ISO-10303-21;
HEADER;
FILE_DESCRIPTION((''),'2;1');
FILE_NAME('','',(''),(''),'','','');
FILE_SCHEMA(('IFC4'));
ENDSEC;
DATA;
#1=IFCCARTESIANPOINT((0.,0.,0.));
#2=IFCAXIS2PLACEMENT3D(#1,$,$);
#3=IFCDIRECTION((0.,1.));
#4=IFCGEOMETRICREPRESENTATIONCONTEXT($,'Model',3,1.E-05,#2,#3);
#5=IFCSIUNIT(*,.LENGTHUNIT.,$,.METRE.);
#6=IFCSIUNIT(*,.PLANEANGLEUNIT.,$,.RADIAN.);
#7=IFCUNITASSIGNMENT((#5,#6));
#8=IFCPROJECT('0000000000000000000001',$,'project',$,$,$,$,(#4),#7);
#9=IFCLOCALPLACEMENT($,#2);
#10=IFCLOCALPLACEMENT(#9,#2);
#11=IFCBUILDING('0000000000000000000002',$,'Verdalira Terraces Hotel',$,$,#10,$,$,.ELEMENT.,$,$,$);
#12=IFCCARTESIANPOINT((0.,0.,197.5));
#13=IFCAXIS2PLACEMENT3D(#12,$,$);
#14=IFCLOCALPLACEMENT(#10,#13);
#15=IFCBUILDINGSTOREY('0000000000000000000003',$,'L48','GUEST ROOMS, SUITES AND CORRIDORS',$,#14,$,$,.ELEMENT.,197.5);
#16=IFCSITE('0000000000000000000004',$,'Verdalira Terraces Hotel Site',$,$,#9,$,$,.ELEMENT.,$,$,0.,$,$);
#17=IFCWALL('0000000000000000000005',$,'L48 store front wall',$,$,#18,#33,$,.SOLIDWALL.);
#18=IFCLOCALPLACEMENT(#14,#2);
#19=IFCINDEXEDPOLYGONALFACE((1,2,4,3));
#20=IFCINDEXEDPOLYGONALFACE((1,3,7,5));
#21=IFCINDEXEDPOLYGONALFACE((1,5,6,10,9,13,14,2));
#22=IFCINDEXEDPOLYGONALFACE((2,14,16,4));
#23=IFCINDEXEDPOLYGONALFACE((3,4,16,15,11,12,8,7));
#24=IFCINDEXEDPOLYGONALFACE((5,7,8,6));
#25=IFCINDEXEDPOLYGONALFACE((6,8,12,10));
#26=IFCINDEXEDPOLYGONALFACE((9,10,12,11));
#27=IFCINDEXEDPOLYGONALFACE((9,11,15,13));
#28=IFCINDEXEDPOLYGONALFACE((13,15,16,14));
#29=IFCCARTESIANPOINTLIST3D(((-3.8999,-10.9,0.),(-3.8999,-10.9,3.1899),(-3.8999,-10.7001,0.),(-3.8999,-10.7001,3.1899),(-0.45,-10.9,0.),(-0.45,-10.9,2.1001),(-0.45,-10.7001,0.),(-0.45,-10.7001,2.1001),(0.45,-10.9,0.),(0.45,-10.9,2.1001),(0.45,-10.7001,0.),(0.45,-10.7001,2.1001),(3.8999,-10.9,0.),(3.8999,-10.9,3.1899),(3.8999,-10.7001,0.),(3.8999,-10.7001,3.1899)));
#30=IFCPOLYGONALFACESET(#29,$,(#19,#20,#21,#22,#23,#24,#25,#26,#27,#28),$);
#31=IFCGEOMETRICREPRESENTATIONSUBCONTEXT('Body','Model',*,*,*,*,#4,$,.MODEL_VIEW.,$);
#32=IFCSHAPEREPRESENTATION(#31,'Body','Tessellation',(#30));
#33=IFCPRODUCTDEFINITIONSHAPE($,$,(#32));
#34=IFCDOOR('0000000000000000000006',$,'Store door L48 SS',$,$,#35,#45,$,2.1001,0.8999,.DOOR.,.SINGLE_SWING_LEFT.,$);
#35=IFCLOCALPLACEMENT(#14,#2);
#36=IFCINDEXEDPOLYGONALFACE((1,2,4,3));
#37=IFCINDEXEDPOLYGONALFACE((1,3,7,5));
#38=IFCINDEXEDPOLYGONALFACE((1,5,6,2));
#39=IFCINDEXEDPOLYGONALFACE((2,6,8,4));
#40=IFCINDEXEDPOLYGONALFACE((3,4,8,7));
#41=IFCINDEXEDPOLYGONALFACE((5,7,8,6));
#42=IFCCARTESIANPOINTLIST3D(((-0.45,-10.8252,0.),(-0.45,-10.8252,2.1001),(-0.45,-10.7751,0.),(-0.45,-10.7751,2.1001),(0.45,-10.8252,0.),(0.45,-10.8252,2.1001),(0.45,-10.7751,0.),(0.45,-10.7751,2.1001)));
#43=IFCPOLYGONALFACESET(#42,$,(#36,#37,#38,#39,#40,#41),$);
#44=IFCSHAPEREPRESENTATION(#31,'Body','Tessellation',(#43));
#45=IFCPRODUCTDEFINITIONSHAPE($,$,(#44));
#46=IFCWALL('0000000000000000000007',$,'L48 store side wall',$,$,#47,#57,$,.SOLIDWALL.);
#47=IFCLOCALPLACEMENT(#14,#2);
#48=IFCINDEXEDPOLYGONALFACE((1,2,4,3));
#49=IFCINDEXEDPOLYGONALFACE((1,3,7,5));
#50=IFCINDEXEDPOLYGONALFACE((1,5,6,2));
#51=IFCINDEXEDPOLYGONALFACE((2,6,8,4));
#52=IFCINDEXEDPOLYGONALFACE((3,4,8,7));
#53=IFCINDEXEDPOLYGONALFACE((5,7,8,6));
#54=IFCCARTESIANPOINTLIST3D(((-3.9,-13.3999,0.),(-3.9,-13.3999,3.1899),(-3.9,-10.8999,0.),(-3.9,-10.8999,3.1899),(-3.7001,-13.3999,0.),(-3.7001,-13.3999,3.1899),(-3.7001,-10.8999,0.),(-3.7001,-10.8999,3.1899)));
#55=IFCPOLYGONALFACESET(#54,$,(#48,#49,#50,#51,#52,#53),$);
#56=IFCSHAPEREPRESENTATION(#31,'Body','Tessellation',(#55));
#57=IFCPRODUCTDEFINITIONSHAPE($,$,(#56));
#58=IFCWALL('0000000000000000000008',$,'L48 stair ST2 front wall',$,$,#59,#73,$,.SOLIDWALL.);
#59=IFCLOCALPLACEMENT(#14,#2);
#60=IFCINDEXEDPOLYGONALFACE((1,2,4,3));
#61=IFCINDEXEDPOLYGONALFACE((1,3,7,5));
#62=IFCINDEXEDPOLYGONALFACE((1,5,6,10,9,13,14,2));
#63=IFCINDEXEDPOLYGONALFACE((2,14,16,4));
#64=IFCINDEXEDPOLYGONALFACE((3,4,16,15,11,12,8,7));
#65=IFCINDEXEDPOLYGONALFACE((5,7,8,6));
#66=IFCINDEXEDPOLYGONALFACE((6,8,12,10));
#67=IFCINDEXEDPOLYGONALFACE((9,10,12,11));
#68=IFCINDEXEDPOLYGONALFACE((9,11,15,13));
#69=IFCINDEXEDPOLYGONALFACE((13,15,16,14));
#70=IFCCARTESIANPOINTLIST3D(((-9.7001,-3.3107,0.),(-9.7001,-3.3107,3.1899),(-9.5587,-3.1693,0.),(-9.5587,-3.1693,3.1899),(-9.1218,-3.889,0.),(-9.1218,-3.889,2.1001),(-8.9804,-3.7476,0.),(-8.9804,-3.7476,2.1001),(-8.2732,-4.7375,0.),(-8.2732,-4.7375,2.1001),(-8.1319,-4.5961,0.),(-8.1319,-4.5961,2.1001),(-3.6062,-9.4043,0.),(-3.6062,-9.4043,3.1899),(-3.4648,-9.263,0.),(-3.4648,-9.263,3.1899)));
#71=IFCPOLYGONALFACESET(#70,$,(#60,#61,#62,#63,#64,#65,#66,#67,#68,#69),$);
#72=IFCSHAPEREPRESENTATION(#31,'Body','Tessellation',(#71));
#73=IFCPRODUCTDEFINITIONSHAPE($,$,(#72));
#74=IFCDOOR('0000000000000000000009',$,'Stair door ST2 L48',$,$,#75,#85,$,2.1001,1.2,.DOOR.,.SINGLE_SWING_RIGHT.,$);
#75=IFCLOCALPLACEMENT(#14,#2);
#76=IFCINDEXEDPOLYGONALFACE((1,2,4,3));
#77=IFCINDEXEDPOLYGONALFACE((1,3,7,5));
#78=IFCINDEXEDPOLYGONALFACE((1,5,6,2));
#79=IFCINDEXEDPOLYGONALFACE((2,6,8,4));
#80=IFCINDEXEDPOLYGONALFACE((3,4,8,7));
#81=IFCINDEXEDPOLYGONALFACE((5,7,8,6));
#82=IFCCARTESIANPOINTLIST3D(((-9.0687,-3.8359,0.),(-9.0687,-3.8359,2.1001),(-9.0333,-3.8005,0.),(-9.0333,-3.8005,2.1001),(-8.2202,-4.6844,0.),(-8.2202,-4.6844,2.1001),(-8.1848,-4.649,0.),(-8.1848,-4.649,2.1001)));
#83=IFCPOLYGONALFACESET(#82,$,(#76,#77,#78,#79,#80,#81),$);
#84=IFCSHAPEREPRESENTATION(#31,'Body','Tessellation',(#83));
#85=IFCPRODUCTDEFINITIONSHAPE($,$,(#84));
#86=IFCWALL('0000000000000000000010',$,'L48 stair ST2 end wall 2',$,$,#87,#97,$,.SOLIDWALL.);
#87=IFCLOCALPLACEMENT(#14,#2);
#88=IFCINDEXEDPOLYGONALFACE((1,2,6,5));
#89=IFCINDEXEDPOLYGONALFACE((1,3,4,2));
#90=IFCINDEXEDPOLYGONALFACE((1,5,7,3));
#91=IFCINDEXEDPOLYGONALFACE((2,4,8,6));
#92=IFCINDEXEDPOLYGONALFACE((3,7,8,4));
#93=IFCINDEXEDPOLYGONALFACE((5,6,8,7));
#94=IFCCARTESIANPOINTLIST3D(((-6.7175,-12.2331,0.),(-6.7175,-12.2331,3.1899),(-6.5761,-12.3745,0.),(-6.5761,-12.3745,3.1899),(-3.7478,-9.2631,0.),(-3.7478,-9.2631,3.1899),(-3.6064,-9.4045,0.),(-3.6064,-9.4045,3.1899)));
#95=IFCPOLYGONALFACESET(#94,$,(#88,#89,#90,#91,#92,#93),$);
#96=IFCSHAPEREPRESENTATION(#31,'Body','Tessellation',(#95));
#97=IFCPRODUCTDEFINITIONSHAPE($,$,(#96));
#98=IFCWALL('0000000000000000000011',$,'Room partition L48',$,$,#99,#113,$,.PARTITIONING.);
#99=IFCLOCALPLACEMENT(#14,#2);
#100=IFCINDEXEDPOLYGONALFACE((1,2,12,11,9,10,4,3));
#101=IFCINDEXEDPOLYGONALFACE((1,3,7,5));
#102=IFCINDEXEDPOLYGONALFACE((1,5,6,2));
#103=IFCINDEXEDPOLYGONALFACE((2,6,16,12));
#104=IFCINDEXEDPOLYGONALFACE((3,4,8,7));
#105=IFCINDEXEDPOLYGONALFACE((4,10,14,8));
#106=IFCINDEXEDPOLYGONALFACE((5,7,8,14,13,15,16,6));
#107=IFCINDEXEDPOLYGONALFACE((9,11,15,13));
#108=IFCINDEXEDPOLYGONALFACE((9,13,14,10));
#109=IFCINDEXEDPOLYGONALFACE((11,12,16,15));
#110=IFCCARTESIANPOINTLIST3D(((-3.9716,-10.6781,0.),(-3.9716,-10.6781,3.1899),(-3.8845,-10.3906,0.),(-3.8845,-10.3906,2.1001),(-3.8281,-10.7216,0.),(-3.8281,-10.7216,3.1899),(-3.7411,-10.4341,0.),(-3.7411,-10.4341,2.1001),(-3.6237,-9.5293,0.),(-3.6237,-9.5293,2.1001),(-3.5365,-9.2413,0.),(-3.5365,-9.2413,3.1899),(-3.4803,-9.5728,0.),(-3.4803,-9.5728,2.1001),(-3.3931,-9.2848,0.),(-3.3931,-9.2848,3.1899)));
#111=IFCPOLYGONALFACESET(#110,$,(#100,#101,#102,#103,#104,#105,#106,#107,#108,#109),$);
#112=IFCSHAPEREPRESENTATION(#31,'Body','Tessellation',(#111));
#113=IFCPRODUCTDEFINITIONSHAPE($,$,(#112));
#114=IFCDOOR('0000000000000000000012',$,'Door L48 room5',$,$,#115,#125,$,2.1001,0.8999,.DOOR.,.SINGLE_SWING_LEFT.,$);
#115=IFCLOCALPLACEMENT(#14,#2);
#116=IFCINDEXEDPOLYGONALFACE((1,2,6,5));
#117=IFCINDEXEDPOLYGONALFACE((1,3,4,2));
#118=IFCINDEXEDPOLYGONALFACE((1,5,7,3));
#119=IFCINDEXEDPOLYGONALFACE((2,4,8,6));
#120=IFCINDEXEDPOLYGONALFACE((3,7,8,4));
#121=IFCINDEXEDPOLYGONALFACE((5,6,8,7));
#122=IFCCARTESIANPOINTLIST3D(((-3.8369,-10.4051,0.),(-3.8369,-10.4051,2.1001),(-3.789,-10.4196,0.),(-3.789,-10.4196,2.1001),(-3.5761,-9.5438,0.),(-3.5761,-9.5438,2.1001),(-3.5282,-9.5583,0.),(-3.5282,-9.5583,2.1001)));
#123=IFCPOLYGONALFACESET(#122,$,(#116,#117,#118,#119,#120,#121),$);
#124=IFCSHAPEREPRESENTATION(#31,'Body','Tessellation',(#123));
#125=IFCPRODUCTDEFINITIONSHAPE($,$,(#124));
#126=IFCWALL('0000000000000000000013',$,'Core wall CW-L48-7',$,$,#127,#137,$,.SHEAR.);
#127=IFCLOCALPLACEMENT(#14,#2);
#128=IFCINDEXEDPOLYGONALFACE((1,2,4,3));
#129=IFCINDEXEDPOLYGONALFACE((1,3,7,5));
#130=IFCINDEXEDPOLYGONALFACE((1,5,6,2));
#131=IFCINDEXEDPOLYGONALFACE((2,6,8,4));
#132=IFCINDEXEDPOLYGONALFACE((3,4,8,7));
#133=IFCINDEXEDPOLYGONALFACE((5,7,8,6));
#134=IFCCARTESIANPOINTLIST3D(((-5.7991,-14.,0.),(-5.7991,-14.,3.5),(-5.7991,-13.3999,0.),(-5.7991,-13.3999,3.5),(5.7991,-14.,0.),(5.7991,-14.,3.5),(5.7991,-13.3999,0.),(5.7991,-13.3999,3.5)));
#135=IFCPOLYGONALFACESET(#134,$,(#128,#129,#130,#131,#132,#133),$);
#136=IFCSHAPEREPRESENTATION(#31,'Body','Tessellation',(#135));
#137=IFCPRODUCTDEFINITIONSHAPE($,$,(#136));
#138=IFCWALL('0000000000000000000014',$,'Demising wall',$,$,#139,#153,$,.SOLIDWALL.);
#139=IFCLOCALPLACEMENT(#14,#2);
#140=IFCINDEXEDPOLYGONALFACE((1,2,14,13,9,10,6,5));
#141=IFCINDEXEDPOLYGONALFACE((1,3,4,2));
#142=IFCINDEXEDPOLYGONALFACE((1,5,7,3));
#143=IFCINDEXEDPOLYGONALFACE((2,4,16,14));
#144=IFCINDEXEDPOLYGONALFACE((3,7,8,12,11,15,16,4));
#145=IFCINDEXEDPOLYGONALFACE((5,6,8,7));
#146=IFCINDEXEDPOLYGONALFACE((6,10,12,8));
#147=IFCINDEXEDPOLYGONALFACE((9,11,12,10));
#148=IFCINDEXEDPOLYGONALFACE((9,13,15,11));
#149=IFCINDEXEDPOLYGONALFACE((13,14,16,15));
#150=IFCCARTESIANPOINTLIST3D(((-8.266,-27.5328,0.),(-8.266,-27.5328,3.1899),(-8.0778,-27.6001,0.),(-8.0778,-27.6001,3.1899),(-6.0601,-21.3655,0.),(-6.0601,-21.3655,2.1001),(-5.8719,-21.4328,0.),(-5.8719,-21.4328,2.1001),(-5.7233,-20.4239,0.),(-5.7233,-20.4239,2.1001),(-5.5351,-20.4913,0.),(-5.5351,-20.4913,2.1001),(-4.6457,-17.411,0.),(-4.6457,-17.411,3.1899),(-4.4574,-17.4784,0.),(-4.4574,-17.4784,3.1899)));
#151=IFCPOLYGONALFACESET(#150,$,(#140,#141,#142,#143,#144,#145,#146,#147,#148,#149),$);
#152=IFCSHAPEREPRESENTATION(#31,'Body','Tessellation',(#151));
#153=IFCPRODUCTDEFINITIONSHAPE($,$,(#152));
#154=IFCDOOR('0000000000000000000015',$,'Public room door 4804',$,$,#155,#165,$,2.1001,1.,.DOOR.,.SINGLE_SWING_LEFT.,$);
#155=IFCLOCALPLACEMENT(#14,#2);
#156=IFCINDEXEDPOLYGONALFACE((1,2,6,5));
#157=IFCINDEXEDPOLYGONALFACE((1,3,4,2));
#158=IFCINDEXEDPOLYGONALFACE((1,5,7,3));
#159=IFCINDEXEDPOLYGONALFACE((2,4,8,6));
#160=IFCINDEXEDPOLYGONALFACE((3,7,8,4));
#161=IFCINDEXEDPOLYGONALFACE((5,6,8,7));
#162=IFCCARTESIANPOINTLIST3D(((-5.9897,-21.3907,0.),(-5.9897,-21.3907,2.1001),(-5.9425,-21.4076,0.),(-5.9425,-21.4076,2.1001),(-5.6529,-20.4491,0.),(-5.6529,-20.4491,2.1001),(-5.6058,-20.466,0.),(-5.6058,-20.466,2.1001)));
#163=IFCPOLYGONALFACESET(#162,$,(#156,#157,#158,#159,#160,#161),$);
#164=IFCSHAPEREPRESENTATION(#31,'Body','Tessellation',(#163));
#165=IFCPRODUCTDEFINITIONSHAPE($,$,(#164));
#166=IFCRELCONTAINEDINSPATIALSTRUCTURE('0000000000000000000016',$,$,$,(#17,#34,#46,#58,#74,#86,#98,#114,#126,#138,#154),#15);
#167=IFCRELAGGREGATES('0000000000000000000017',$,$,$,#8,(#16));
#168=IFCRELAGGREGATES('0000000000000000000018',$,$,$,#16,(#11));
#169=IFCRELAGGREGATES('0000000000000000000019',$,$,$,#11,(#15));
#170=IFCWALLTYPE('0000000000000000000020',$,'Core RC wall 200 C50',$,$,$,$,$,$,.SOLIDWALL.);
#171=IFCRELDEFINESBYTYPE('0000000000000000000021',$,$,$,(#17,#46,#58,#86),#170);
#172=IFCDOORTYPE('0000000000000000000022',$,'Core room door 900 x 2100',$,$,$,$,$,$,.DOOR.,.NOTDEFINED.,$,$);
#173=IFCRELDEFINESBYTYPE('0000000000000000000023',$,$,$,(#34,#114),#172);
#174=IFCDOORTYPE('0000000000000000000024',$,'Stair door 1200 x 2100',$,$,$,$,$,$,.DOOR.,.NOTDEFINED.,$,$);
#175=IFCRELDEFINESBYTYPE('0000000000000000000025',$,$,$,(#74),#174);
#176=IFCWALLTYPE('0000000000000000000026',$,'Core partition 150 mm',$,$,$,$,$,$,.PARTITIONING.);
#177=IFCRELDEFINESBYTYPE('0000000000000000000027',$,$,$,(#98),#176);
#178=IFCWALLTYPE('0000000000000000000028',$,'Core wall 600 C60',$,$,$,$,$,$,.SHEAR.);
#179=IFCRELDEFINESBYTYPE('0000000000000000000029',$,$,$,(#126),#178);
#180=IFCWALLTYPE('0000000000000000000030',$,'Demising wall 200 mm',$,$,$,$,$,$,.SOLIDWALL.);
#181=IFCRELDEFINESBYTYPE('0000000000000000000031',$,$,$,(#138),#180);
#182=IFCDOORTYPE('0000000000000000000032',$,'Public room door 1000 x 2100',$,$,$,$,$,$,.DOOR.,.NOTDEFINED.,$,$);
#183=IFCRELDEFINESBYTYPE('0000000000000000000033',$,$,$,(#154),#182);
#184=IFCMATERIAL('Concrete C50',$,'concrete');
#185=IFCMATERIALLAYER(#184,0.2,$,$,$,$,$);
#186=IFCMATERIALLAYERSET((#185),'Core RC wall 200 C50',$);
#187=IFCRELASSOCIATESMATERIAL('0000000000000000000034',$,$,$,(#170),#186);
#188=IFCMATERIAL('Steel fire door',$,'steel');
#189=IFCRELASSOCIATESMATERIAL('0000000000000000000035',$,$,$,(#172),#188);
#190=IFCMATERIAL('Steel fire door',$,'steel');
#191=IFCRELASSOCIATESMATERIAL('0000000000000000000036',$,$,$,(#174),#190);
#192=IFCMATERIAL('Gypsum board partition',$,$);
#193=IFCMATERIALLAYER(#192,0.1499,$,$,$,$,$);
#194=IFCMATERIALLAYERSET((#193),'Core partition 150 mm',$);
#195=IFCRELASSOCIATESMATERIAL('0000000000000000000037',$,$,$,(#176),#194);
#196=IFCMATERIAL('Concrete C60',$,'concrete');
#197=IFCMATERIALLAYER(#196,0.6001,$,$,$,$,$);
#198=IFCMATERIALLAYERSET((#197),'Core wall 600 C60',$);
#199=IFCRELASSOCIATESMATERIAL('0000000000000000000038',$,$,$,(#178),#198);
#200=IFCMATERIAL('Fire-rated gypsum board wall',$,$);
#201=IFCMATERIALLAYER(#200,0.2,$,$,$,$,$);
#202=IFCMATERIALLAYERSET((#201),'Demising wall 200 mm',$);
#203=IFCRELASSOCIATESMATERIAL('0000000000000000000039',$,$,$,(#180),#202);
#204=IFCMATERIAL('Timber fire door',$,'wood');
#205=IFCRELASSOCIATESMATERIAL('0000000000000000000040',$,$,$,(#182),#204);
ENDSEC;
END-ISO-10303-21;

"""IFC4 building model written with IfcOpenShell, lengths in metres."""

from ifc_helpers import new_model, si_unit, direction, frame, frame_2d, origin, place, context, subcontext, project, spatial, rectangle, extrude, material, layer, layer_set, type_object, element, fill, save


model = new_model("IFC4")

# Units and contexts
model_context = context("Model", 3, precision=1e-05, world=origin(), true_north=direction((0.0, 1.0)))
body_context = subcontext(model_context, "Body", "Model", "MODEL_VIEW")
ifc_project = project(units=[si_unit("LENGTHUNIT", "METRE"), si_unit("PLANEANGLEUNIT", "RADIAN")], contexts=[model_context])

# Site, building, storey
site_placement = place(None, origin())
site = spatial("IfcSite", under=ifc_project, at=site_placement, Name="Verdalira Terraces Hotel Site", CompositionType="ELEMENT", RefElevation=0.0)
building_placement = place(site_placement, origin())
building = spatial("IfcBuilding", under=site, at=building_placement, Name="Verdalira Terraces Hotel", CompositionType="ELEMENT")
storey_placement = place(building_placement, frame((0.0, 0.0, 197.5)))
storey = spatial("IfcBuildingStorey", under=building, at=storey_placement, Name="L48", Description="GUEST ROOMS, SUITES AND CORRIDORS", CompositionType="ELEMENT", Elevation=197.5)

# Wall, opening, door
ifc_material_1 = material(Name="Concrete C50", Category="concrete")
ifc_layer_1 = layer(ifc_material_1, 0.2)
ifc_layer_set_1 = layer_set([ifc_layer_1], Name="Core RC wall 200 C50")
wall_type_1 = type_object("IfcWallType", Name="Core RC wall 200 C50", PredefinedType="SOLIDWALL", material=ifc_layer_set_1)
wall_1_placement = place(storey_placement, frame((-3.8999, -10.8, 0.0), z_axis=(0.0, 0.0, 1.0), x_axis=(1.0, 0.0, 0.0)))
wall_1 = element("IfcWall", 1, at=wall_1_placement, inside=storey, type_object=wall_type_1, Name="L48 store front wall", PredefinedType="SOLIDWALL", context=body_context, shape_type="SweptSolid", body=[
    extrude(rectangle(XDim=7.7998, YDim=0.2, at=frame_2d((3.8999, 0.0))), origin(), (0.0, 0.0, 1.0), 3.1899),
])
opening_1_placement = place(wall_1_placement, frame((3.45, 0.0, 0.0)))
opening_1 = element("IfcOpeningElement", 2, at=opening_1_placement, cuts=wall_1, PredefinedType="OPENING", context=body_context, shape_type="SweptSolid", body=[
    extrude(rectangle(XDim=0.8999, YDim=2.1001, at=frame_2d((0.45, 1.05))), frame((0.0, 0.1099, 0.0), z_axis=(0.0, -1.0, 0.0), x_axis=(1.0, 0.0, 0.0)), (0.0, 0.0, 1.0), 0.22),
])
ifc_material_2 = material(Name="Steel fire door", Category="steel")
door_type_1 = type_object("IfcDoorType", Name="Core room door 900 x 2100", OperationType="NOTDEFINED", PredefinedType="DOOR", material=ifc_material_2)
door_1_placement = place(opening_1_placement, origin())
door_1 = element("IfcDoor", 3, at=door_1_placement, inside=storey, type_object=door_type_1, Name="Store door L48 SS", OperationType="SINGLE_SWING_LEFT", OverallHeight=2.1001, OverallWidth=0.8999, PredefinedType="DOOR", context=body_context, shape_type="SweptSolid", body=[
    extrude(rectangle(XDim=0.8999, YDim=2.1001, at=frame_2d((0.45, 1.05))), frame((0.0, 0.0249, 0.0), z_axis=(0.0, -1.0, 0.0), x_axis=(1.0, 0.0, 0.0)), (0.0, 0.0, 1.0), 0.05),
])
fill(opening_1, door_1)

# Wall
wall_2_placement = place(storey_placement, frame((-3.8, -10.8999, 0.0), z_axis=(0.0, 0.0, 1.0), x_axis=(0.0, -1.0, 0.0)))
element("IfcWall", 4, at=wall_2_placement, inside=storey, type_object=wall_type_1, Name="L48 store side wall", PredefinedType="SOLIDWALL", context=body_context, shape_type="SweptSolid", body=[
    extrude(rectangle(XDim=2.5, YDim=0.2, at=frame_2d((1.25, 0.0))), origin(), (0.0, 0.0, 1.0), 3.1899),
])

# Wall, opening, door
wall_3_placement = place(storey_placement, frame((-3.5354, -9.3337, 0.0), z_axis=(0.0, 0.0, 1.0), x_axis=(-0.707121, 0.707093, 0.0)))
wall_3 = element("IfcWall", 5, at=wall_3_placement, inside=storey, type_object=wall_type_1, Name="L48 stair ST2 front wall", PredefinedType="SOLIDWALL", context=body_context, shape_type="SweptSolid", body=[
    extrude(rectangle(XDim=8.6179, YDim=0.2, at=frame_2d((4.3091, 0.0))), origin(), (0.0, 0.0, 1.0), 3.1899),
])
opening_2_placement = place(wall_3_placement, frame((6.6001, 0.0, 0.0)))
opening_2 = element("IfcOpeningElement", 6, at=opening_2_placement, cuts=wall_3, PredefinedType="OPENING", context=body_context, shape_type="SweptSolid", body=[
    extrude(rectangle(XDim=1.2, YDim=2.1001, at=frame_2d((0.6001, 1.05))), frame((0.0, 0.1099, 0.0), z_axis=(0.0, -1.0, 0.0), x_axis=(1.0, 0.0, 0.0)), (0.0, 0.0, 1.0), 0.22),
])
ifc_material_3 = material(Name="Steel fire door", Category="steel")
door_type_2 = type_object("IfcDoorType", Name="Stair door 1200 x 2100", OperationType="NOTDEFINED", PredefinedType="DOOR", material=ifc_material_3)
door_2_placement = place(opening_2_placement, origin())
door_2 = element("IfcDoor", 7, at=door_2_placement, inside=storey, type_object=door_type_2, Name="Stair door ST2 L48", OperationType="SINGLE_SWING_RIGHT", OverallHeight=2.1001, OverallWidth=1.2, PredefinedType="DOOR", context=body_context, shape_type="SweptSolid", body=[
    extrude(rectangle(XDim=1.2, YDim=2.1001, at=frame_2d((0.6001, 1.05))), frame((0.0, 0.0249, 0.0), z_axis=(0.0, -1.0, 0.0), x_axis=(1.0, 0.0, 0.0)), (0.0, 0.0, 1.0), 0.05),
])
fill(opening_2, door_2)

# Wall
wall_4_placement = place(storey_placement, frame((-3.677, -9.3337, 0.0), z_axis=(0.0, 0.0, 1.0), x_axis=(-0.707078, -0.707136, 0.0)))
element("IfcWall", 8, at=wall_4_placement, inside=storey, type_object=wall_type_1, Name="L48 stair ST2 end wall 2", PredefinedType="SOLIDWALL", context=body_context, shape_type="SweptSolid", body=[
    extrude(rectangle(XDim=4.2, YDim=0.2, at=frame_2d((2.1001, 0.0))), origin(), (0.0, 0.0, 1.0), 3.1899),
])

# Wall, opening, door
ifc_material_4 = material(Name="Gypsum board partition")
ifc_layer_2 = layer(ifc_material_4, 0.1499)
ifc_layer_set_2 = layer_set([ifc_layer_2], Name="Core partition 150 mm")
wall_type_2 = type_object("IfcWallType", Name="Core partition 150 mm", PredefinedType="PARTITIONING", material=ifc_layer_set_2)
wall_5_placement = place(storey_placement, frame((-3.4648, -9.2632, 0.0), z_axis=(0.0, 0.0, 1.0), x_axis=(-0.289809, -0.957085, 0.0)))
wall_5 = element("IfcWall", 9, at=wall_5_placement, inside=storey, type_object=wall_type_2, Name="Room partition L48", PredefinedType="PARTITIONING", context=body_context, shape_type="SweptSolid", body=[
    extrude(rectangle(XDim=1.5012, YDim=0.1499, at=frame_2d((0.7505, 0.0))), origin(), (0.0, 0.0, 1.0), 3.1899),
])
opening_3_placement = place(wall_5_placement, frame((0.3008, 0.0, 0.0)))
opening_3 = element("IfcOpeningElement", 10, at=opening_3_placement, cuts=wall_5, PredefinedType="OPENING", context=body_context, shape_type="SweptSolid", body=[
    extrude(rectangle(XDim=0.8999, YDim=2.1001, at=frame_2d((0.45, 1.05))), frame((0.0, 0.085, 0.0), z_axis=(0.0, -1.0, 0.0), x_axis=(1.0, 0.0, 0.0)), (0.0, 0.0, 1.0), 0.1699),
])
door_3_placement = place(opening_3_placement, origin())
door_3 = element("IfcDoor", 11, at=door_3_placement, inside=storey, type_object=door_type_1, Name="Door L48 room5", OperationType="SINGLE_SWING_LEFT", OverallHeight=2.1001, OverallWidth=0.8999, PredefinedType="DOOR", context=body_context, shape_type="SweptSolid", body=[
    extrude(rectangle(XDim=0.8999, YDim=2.1001, at=frame_2d((0.45, 1.05))), frame((0.0, 0.0249, 0.0), z_axis=(0.0, -1.0, 0.0), x_axis=(1.0, 0.0, 0.0)), (0.0, 0.0, 1.0), 0.05),
])
fill(opening_3, door_3)

# Wall
ifc_material_5 = material(Name="Concrete C60", Category="concrete")
ifc_layer_3 = layer(ifc_material_5, 0.6001)
ifc_layer_set_3 = layer_set([ifc_layer_3], Name="Core wall 600 C60")
wall_type_3 = type_object("IfcWallType", Name="Core wall 600 C60", PredefinedType="SHEAR", material=ifc_layer_set_3)
wall_6_placement = place(storey_placement, frame((-5.7991, -13.7, 0.0), z_axis=(0.0, 0.0, 1.0), x_axis=(1.0, 0.0, 0.0)))
element("IfcWall", 12, at=wall_6_placement, inside=storey, type_object=wall_type_3, Name="Core wall CW-L48-7", PredefinedType="SHEAR", context=body_context, shape_type="SweptSolid", body=[
    extrude(rectangle(XDim=11.5981, YDim=0.6001, at=frame_2d((5.7991, 0.0))), origin(), (0.0, 0.0, 1.0), 3.5),
])

# Wall, opening, door
ifc_material_6 = material(Name="Fire-rated gypsum board wall")
ifc_layer_4 = layer(ifc_material_6, 0.2)
ifc_layer_set_4 = layer_set([ifc_layer_4], Name="Demising wall 200 mm")
wall_type_4 = type_object("IfcWallType", Name="Demising wall 200 mm", PredefinedType="SOLIDWALL", material=ifc_layer_set_4)
wall_7_placement = place(storey_placement, frame((-4.5515, -17.4446, 0.0), z_axis=(0.0, 0.0, 1.0), x_axis=(-0.336784, -0.941582, 0.0)))
wall_7 = element("IfcWall", 13, at=wall_7_placement, inside=storey, type_object=wall_type_4, Name="Demising wall", PredefinedType="SOLIDWALL", context=body_context, shape_type="SweptSolid", body=[
    extrude(rectangle(XDim=10.7498, YDim=0.2, at=frame_2d((5.375, 0.0))), origin(), (0.0, 0.0, 1.0), 3.1899),
])
opening_4_placement = place(wall_7_placement, frame((3.2, 0.0, 0.0)))
opening_4 = element("IfcOpeningElement", 14, at=opening_4_placement, cuts=wall_7, PredefinedType="OPENING", context=body_context, shape_type="SweptSolid", body=[
    extrude(rectangle(XDim=1.0, YDim=2.1001, at=frame_2d((0.5, 1.05))), frame((0.0, 0.1099, 0.0), z_axis=(0.0, -1.0, 0.0), x_axis=(1.0, 0.0, 0.0)), (0.0, 0.0, 1.0), 0.22),
])
ifc_material_7 = material(Name="Timber fire door", Category="wood")
door_type_3 = type_object("IfcDoorType", Name="Public room door 1000 x 2100", OperationType="NOTDEFINED", PredefinedType="DOOR", material=ifc_material_7)
door_4_placement = place(opening_4_placement, origin())
door_4 = element("IfcDoor", 15, at=door_4_placement, inside=storey, type_object=door_type_3, Name="Public room door 4804", OperationType="SINGLE_SWING_LEFT", OverallHeight=2.1001, OverallWidth=1.0, PredefinedType="DOOR", context=body_context, shape_type="SweptSolid", body=[
    extrude(rectangle(XDim=1.0, YDim=2.1001, at=frame_2d((0.5, 1.05))), frame((0.0, 0.0249, 0.0), z_axis=(0.0, -1.0, 0.0), x_axis=(1.0, 0.0, 0.0)), (0.0, 0.0, 1.0), 0.05),
])
fill(opening_4, door_4)

save(model, "model.ifc")
